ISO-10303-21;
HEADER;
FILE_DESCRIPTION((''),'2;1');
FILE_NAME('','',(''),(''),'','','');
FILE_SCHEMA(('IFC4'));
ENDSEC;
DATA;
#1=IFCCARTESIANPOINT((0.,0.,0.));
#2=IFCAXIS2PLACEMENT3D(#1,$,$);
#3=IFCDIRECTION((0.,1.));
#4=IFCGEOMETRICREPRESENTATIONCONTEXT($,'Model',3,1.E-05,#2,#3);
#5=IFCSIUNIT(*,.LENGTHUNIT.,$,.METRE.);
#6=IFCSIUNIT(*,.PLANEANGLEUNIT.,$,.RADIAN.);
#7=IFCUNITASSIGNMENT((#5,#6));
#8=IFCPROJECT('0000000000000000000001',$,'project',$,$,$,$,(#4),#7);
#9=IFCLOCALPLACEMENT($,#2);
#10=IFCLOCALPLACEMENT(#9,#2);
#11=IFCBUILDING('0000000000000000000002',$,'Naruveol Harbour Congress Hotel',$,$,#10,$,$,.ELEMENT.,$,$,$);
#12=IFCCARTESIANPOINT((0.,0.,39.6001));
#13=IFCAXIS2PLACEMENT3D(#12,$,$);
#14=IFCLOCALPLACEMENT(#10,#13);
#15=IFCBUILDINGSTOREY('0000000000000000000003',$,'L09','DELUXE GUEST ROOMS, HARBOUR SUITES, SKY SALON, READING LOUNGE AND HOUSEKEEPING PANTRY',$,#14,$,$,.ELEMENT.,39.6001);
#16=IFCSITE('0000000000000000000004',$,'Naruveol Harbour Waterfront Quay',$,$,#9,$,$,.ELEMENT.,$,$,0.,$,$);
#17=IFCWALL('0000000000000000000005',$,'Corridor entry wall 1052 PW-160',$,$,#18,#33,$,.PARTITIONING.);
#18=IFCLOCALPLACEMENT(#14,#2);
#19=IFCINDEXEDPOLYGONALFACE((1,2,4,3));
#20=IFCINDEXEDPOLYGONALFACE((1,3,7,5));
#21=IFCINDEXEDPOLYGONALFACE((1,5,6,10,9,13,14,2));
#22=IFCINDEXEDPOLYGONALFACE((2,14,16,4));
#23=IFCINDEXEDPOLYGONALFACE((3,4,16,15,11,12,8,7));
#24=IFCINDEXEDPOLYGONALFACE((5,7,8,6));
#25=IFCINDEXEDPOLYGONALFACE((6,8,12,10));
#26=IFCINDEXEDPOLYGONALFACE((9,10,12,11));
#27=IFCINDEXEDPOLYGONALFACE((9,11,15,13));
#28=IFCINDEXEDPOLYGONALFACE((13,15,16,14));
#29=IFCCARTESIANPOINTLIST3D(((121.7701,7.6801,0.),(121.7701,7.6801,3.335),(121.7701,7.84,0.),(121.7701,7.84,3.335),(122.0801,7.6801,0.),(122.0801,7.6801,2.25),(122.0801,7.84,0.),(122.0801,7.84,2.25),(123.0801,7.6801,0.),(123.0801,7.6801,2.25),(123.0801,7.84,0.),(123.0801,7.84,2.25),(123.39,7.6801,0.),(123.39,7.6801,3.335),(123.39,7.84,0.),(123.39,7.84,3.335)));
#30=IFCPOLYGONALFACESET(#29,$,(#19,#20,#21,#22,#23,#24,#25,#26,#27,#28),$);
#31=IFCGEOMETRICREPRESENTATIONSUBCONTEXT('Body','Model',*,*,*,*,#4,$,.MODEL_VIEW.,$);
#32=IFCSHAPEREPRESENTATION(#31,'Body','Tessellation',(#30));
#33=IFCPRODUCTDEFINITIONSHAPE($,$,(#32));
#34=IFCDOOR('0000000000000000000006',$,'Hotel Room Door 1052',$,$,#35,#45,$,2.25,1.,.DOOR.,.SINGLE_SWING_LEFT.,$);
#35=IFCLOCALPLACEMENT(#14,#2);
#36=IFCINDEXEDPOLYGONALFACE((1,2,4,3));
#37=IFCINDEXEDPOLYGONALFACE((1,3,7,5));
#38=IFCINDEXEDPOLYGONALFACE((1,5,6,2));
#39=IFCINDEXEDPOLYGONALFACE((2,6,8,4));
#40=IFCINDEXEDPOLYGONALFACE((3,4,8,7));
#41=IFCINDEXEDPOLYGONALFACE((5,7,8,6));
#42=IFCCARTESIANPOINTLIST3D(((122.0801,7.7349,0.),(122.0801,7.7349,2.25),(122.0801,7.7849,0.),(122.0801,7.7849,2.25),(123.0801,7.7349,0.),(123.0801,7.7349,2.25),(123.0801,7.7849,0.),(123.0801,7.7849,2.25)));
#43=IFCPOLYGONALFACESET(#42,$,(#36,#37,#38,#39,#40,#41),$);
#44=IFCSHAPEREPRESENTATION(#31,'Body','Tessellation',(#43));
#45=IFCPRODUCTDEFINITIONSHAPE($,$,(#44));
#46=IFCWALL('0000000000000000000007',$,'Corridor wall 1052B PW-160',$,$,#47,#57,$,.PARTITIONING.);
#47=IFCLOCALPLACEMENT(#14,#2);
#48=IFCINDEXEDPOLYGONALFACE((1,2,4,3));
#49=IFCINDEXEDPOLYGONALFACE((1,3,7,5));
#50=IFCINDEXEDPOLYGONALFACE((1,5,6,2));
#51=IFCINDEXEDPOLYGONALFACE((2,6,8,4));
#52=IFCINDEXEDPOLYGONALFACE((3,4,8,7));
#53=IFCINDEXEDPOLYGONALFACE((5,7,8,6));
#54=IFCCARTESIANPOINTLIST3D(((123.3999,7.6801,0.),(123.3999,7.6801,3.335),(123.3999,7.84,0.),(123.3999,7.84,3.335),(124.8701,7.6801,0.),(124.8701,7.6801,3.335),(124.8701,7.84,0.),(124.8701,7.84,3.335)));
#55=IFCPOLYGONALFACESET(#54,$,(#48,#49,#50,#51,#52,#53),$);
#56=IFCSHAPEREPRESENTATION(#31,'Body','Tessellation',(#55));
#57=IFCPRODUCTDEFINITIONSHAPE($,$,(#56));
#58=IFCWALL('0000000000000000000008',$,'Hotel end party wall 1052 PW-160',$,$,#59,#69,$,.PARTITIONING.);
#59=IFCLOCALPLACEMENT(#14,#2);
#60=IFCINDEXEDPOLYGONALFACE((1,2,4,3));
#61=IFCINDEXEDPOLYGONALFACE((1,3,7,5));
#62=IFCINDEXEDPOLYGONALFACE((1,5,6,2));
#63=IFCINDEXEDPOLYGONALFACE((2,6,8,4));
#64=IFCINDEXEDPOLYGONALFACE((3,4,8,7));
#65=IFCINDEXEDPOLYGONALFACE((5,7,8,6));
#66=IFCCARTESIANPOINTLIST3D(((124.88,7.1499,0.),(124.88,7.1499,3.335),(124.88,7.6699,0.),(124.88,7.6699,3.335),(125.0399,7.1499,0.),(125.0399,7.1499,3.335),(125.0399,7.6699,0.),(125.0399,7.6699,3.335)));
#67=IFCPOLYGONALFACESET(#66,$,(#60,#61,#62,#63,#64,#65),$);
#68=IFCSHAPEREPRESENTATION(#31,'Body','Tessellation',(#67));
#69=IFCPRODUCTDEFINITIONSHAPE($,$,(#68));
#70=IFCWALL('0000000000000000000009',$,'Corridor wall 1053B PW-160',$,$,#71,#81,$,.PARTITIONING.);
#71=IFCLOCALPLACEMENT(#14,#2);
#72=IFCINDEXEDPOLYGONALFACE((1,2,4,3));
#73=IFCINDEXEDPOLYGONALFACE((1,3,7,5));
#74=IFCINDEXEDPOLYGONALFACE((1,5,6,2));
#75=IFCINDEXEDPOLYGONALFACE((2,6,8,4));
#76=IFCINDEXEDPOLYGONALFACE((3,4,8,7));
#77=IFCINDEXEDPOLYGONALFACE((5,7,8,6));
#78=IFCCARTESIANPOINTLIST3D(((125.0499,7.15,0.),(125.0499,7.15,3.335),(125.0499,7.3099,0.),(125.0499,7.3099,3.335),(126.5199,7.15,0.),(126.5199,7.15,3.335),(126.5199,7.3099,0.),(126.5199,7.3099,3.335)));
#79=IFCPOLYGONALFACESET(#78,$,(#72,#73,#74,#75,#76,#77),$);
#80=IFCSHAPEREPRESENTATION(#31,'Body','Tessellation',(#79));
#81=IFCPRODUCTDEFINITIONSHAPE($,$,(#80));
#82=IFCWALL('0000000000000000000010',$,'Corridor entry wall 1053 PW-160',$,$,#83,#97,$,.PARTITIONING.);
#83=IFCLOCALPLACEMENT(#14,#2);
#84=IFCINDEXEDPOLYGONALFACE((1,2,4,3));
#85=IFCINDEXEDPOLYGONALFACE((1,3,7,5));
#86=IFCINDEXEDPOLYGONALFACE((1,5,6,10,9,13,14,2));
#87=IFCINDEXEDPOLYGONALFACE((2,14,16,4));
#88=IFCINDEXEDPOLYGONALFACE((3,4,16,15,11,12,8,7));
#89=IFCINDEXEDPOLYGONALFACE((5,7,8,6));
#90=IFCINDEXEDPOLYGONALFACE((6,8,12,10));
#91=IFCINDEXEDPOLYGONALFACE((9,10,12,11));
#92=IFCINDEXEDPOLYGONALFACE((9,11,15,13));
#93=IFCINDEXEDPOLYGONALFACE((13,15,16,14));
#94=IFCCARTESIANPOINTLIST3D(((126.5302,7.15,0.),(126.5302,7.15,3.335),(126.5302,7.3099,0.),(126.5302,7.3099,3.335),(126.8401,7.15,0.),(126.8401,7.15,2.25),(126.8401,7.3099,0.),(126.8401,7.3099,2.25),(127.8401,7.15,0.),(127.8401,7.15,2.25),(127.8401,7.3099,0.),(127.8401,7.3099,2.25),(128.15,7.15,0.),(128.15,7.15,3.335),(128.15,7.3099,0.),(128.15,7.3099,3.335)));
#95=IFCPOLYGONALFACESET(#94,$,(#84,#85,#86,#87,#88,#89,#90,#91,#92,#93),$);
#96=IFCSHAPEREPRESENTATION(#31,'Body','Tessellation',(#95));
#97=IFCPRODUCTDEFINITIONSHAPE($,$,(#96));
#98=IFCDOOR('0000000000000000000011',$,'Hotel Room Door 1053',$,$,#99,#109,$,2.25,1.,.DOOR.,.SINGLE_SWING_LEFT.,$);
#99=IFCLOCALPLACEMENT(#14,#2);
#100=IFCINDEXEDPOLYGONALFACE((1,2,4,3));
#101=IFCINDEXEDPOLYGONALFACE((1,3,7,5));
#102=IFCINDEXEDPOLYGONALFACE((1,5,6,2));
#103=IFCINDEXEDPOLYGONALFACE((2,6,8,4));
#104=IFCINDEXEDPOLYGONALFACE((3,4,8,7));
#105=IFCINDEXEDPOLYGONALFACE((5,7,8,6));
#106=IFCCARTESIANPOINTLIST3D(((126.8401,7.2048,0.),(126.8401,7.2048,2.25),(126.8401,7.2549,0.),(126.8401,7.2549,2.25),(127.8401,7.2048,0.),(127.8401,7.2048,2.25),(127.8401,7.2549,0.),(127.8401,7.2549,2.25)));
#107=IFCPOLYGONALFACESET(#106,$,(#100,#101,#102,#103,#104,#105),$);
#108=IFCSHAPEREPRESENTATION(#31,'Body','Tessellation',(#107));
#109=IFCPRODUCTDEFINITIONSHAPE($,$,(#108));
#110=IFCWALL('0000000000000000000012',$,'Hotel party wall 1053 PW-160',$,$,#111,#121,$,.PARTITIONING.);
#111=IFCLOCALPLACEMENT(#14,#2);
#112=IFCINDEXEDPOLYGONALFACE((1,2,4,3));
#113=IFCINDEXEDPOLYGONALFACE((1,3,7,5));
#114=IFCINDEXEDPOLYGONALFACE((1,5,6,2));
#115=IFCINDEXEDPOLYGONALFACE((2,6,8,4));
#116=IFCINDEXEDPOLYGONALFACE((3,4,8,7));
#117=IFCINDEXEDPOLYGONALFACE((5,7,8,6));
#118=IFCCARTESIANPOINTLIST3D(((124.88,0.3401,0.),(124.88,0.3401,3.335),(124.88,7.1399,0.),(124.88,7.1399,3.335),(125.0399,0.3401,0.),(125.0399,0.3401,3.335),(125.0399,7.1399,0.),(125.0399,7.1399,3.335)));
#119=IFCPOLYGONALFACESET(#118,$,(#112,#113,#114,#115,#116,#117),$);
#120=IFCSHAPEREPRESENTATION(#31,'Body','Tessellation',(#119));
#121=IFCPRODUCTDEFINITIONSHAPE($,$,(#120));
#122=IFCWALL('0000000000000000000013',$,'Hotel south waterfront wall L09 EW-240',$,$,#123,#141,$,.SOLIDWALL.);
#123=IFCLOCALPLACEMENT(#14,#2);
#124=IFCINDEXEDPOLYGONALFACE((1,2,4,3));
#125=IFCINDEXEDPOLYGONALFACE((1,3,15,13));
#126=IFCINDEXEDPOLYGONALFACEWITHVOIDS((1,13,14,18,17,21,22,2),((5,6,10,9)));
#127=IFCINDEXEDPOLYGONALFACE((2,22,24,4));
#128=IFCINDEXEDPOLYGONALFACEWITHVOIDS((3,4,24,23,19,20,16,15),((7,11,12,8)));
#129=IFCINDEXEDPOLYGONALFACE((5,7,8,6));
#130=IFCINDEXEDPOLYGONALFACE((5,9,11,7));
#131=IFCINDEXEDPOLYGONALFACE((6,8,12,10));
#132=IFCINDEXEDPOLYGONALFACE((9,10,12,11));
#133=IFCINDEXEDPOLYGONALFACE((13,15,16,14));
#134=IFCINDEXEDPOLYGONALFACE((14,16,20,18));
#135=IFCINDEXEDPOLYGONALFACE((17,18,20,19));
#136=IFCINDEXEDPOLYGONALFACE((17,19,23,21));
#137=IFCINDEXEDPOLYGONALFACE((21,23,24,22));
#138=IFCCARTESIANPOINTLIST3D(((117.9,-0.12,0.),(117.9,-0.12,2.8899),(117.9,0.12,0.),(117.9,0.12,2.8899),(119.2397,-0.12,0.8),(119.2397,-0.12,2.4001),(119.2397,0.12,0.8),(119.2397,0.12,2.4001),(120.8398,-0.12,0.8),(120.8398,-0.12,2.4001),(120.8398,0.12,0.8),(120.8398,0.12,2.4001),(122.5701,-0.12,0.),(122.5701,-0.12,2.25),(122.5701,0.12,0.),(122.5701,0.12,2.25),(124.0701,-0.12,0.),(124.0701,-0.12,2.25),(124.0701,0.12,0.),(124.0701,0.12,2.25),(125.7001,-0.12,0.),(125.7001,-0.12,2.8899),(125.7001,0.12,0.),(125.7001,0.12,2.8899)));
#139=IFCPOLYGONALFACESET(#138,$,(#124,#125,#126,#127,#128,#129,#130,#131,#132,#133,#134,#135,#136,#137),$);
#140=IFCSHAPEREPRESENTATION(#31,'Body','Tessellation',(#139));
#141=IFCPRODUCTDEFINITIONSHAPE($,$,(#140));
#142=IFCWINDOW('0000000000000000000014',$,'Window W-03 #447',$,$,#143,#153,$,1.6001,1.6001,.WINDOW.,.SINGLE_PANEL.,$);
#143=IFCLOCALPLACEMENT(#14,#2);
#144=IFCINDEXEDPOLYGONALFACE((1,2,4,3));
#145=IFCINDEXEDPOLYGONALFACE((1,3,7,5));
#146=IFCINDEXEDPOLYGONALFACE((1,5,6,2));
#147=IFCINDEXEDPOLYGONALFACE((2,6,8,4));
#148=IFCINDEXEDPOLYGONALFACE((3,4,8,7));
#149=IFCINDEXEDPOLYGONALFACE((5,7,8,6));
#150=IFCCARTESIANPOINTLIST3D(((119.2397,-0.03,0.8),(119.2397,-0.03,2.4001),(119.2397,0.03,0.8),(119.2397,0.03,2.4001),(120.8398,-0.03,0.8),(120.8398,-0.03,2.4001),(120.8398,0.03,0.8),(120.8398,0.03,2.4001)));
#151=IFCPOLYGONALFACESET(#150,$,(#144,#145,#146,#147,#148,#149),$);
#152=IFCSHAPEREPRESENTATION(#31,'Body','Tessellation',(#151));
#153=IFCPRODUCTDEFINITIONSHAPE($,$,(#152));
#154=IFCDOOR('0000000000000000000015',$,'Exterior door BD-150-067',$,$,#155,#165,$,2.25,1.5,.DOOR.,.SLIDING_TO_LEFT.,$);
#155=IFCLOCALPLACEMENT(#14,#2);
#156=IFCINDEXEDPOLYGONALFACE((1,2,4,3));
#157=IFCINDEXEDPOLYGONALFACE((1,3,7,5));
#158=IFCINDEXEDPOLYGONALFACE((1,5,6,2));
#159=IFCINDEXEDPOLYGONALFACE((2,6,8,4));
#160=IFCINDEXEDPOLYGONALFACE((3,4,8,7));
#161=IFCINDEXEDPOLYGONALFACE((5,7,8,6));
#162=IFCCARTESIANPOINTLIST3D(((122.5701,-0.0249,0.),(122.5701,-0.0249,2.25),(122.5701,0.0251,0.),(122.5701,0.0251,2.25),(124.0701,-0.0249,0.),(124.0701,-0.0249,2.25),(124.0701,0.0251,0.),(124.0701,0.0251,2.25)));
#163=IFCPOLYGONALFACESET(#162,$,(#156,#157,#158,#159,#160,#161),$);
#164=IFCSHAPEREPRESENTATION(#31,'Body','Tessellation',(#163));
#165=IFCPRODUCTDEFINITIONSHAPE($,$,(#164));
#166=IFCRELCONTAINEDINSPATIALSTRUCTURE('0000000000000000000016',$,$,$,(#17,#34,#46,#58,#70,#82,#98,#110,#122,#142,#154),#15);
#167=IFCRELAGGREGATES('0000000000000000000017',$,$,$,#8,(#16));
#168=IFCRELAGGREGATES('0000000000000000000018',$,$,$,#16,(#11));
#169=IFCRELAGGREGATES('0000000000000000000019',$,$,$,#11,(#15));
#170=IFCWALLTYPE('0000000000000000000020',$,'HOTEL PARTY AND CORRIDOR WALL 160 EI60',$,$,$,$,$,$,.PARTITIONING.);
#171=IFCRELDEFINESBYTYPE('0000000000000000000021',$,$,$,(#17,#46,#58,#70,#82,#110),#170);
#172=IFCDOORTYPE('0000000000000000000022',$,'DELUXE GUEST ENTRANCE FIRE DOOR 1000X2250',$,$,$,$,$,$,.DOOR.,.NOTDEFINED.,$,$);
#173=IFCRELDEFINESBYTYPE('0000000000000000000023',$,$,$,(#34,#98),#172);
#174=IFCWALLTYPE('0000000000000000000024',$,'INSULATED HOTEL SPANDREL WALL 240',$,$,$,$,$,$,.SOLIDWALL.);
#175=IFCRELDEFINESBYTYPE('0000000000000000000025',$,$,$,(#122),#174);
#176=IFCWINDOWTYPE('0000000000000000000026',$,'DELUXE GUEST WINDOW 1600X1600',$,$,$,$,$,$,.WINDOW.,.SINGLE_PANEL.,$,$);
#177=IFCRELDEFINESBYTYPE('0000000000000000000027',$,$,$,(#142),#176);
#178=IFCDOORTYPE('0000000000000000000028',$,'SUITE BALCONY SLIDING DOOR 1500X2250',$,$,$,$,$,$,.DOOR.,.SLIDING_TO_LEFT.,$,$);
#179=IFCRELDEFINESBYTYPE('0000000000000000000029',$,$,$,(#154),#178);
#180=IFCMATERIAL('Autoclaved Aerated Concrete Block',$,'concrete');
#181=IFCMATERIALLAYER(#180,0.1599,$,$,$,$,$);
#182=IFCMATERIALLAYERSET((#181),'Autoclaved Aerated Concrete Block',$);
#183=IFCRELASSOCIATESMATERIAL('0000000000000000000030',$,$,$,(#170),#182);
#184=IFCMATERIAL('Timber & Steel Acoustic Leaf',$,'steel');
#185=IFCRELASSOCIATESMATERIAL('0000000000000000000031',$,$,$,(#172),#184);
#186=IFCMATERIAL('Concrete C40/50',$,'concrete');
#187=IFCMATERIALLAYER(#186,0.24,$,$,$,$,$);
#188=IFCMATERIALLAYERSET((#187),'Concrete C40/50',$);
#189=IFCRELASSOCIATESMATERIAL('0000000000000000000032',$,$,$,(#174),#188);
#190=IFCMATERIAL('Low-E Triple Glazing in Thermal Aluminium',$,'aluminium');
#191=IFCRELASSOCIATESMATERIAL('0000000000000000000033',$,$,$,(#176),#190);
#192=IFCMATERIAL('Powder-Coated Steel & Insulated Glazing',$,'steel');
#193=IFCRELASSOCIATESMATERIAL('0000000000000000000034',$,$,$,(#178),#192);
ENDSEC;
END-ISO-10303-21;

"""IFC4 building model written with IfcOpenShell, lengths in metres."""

from ifc_helpers import new_model, si_unit, direction, frame, frame_2d, origin, place, context, subcontext, project, spatial, rectangle, extrude, material, layer, layer_set, type_object, element, fill, save


model = new_model("IFC4")

# Units and contexts
model_context = context("Model", 3, precision=1e-05, world=origin(), true_north=direction((0.0, 1.0)))
body_context = subcontext(model_context, "Body", "Model", "MODEL_VIEW")
ifc_project = project(units=[si_unit("LENGTHUNIT", "METRE"), si_unit("PLANEANGLEUNIT", "RADIAN")], contexts=[model_context])

# Site, building, storey
site_placement = place(None, origin())
site = spatial("IfcSite", under=ifc_project, at=site_placement, Name="Naruveol Harbour Waterfront Quay", CompositionType="ELEMENT", RefElevation=0.0)
building_placement = place(site_placement, origin())
building = spatial("IfcBuilding", under=site, at=building_placement, Name="Naruveol Harbour Congress Hotel", CompositionType="ELEMENT")
storey_placement = place(building_placement, frame((0.0, 0.0, 39.6001)))
storey = spatial("IfcBuildingStorey", under=building, at=storey_placement, Name="L09", Description="DELUXE GUEST ROOMS, HARBOUR SUITES, SKY SALON, READING LOUNGE AND HOUSEKEEPING PANTRY", CompositionType="ELEMENT", Elevation=39.6001)

# Wall, opening, door
ifc_material_1 = material(Name="Autoclaved Aerated Concrete Block", Category="concrete")
ifc_layer_1 = layer(ifc_material_1, 0.1599)
ifc_layer_set_1 = layer_set([ifc_layer_1], Name="Autoclaved Aerated Concrete Block")
wall_type_1 = type_object("IfcWallType", Name="HOTEL PARTY AND CORRIDOR WALL 160 EI60", PredefinedType="PARTITIONING", material=ifc_layer_set_1)
wall_1_placement = place(storey_placement, frame((121.77, 7.76, 0.0), z_axis=(0.0, 0.0, 1.0), x_axis=(1.0, 0.0, 0.0)))
wall_1 = element("IfcWall", 1, at=wall_1_placement, inside=storey, type_object=wall_type_1, Name="Corridor entry wall 1052 PW-160", PredefinedType="PARTITIONING", context=body_context, shape_type="SweptSolid", body=[
    extrude(rectangle(XDim=1.6199, YDim=0.1599, at=frame_2d((0.8101, 0.0))), origin(), (0.0, 0.0, 1.0), 3.335),
])
opening_1_placement = place(wall_1_placement, frame((0.3101, 0.0, 0.0)))
opening_1 = element("IfcOpeningElement", 2, at=opening_1_placement, cuts=wall_1, PredefinedType="OPENING", context=body_context, shape_type="SweptSolid", body=[
    extrude(rectangle(XDim=1.0, YDim=2.25, at=frame_2d((0.5, 1.125))), frame((0.0, 0.0898, 0.0), z_axis=(0.0, -1.0, 0.0), x_axis=(1.0, 0.0, 0.0)), (0.0, 0.0, 1.0), 0.1799),
])
ifc_material_2 = material(Name="Timber & Steel Acoustic Leaf", Category="steel")
door_type_1 = type_object("IfcDoorType", Name="DELUXE GUEST ENTRANCE FIRE DOOR 1000X2250", OperationType="NOTDEFINED", PredefinedType="DOOR", material=ifc_material_2)
door_1_placement = place(opening_1_placement, origin())
door_1 = element("IfcDoor", 3, at=door_1_placement, inside=storey, type_object=door_type_1, Name="Hotel Room Door 1052", OperationType="SINGLE_SWING_LEFT", OverallHeight=2.25, OverallWidth=1.0, PredefinedType="DOOR", context=body_context, shape_type="SweptSolid", body=[
    extrude(rectangle(XDim=1.0, YDim=2.25, at=frame_2d((0.5, 1.125))), frame((0.0, 0.0249, 0.0), z_axis=(0.0, -1.0, 0.0), x_axis=(1.0, 0.0, 0.0)), (0.0, 0.0, 1.0), 0.05),
])
fill(opening_1, door_1)

# Walls
wall_2_placement = place(storey_placement, frame((123.3999, 7.76, 0.0), z_axis=(0.0, 0.0, 1.0), x_axis=(1.0, 0.0, 0.0)))
element("IfcWall", 4, at=wall_2_placement, inside=storey, type_object=wall_type_1, Name="Corridor wall 1052B PW-160", PredefinedType="PARTITIONING", context=body_context, shape_type="SweptSolid", body=[
    extrude(rectangle(XDim=1.4702, YDim=0.1599, at=frame_2d((0.7351, 0.0))), origin(), (0.0, 0.0, 1.0), 3.335),
])
wall_3_placement = place(storey_placement, frame((124.96, 7.1499, 0.0), z_axis=(0.0, 0.0, 1.0), x_axis=(0.0, 1.0, 0.0)))
element("IfcWall", 5, at=wall_3_placement, inside=storey, type_object=wall_type_1, Name="Hotel end party wall 1052 PW-160", PredefinedType="PARTITIONING", context=body_context, shape_type="SweptSolid", body=[
    extrude(rectangle(XDim=0.52, YDim=0.1599, at=frame_2d((0.26, 0.0))), origin(), (0.0, 0.0, 1.0), 3.335),
])
wall_4_placement = place(storey_placement, frame((125.05, 7.23, 0.0), z_axis=(0.0, 0.0, 1.0), x_axis=(1.0, 0.0, 0.0)))
element("IfcWall", 6, at=wall_4_placement, inside=storey, type_object=wall_type_1, Name="Corridor wall 1053B PW-160", PredefinedType="PARTITIONING", context=body_context, shape_type="SweptSolid", body=[
    extrude(rectangle(XDim=1.47, YDim=0.1599, at=frame_2d((0.7349, 0.0))), origin(), (0.0, 0.0, 1.0), 3.335),
])

# Wall, opening, door
wall_5_placement = place(storey_placement, frame((126.53, 7.23, 0.0), z_axis=(0.0, 0.0, 1.0), x_axis=(1.0, 0.0, 0.0)))
wall_5 = element("IfcWall", 7, at=wall_5_placement, inside=storey, type_object=wall_type_1, Name="Corridor entry wall 1053 PW-160", PredefinedType="PARTITIONING", context=body_context, shape_type="SweptSolid", body=[
    extrude(rectangle(XDim=1.6199, YDim=0.1599, at=frame_2d((0.8101, 0.0))), origin(), (0.0, 0.0, 1.0), 3.335),
])
opening_2_placement = place(wall_5_placement, frame((0.3101, 0.0, 0.0)))
opening_2 = element("IfcOpeningElement", 8, at=opening_2_placement, cuts=wall_5, PredefinedType="OPENING", context=body_context, shape_type="SweptSolid", body=[
    extrude(rectangle(XDim=1.0, YDim=2.25, at=frame_2d((0.5, 1.125))), frame((0.0, 0.0898, 0.0), z_axis=(0.0, -1.0, 0.0), x_axis=(1.0, 0.0, 0.0)), (0.0, 0.0, 1.0), 0.1799),
])
door_2_placement = place(opening_2_placement, origin())
door_2 = element("IfcDoor", 9, at=door_2_placement, inside=storey, type_object=door_type_1, Name="Hotel Room Door 1053", OperationType="SINGLE_SWING_LEFT", OverallHeight=2.25, OverallWidth=1.0, PredefinedType="DOOR", context=body_context, shape_type="SweptSolid", body=[
    extrude(rectangle(XDim=1.0, YDim=2.25, at=frame_2d((0.5, 1.125))), frame((0.0, 0.0249, 0.0), z_axis=(0.0, -1.0, 0.0), x_axis=(1.0, 0.0, 0.0)), (0.0, 0.0, 1.0), 0.05),
])
fill(opening_2, door_2)

# Wall
wall_6_placement = place(storey_placement, frame((124.96, 0.3401, 0.0), z_axis=(0.0, 0.0, 1.0), x_axis=(0.0, 1.0, 0.0)))
element("IfcWall", 10, at=wall_6_placement, inside=storey, type_object=wall_type_1, Name="Hotel party wall 1053 PW-160", PredefinedType="PARTITIONING", context=body_context, shape_type="SweptSolid", body=[
    extrude(rectangle(XDim=6.7998, YDim=0.1599, at=frame_2d((3.3999, 0.0))), origin(), (0.0, 0.0, 1.0), 3.335),
])

# Wall, openings, window, door
ifc_material_3 = material(Name="Concrete C40/50", Category="concrete")
ifc_layer_2 = layer(ifc_material_3, 0.24)
ifc_layer_set_2 = layer_set([ifc_layer_2], Name="Concrete C40/50")
wall_type_2 = type_object("IfcWallType", Name="INSULATED HOTEL SPANDREL WALL 240", PredefinedType="SOLIDWALL", material=ifc_layer_set_2)
wall_7_placement = place(storey_placement, frame((125.7, 0.0, 0.0), z_axis=(0.0, 0.0, 1.0), x_axis=(-1.0, 0.0, 0.0)))
wall_7 = element("IfcWall", 11, at=wall_7_placement, inside=storey, type_object=wall_type_2, Name="Hotel south waterfront wall L09 EW-240", PredefinedType="SOLIDWALL", context=body_context, shape_type="SweptSolid", body=[
    extrude(rectangle(XDim=7.8, YDim=0.24, at=frame_2d((3.8999, 0.0))), origin(), (0.0, 0.0, 1.0), 2.8899),
])
opening_3_placement = place(wall_7_placement, frame((1.6299, 0.0, 0.0)))
opening_3 = element("IfcOpeningElement", 12, at=opening_3_placement, cuts=wall_7, PredefinedType="OPENING", context=body_context, shape_type="SweptSolid", body=[
    extrude(rectangle(XDim=1.5, YDim=2.25, at=frame_2d((0.75, 1.125))), frame((0.0, 0.1299, 0.0), z_axis=(0.0, -1.0, 0.0), x_axis=(1.0, 0.0, 0.0)), (0.0, 0.0, 1.0), 0.26),
])
opening_4_placement = place(wall_7_placement, frame((4.8601, 0.0, 0.8)))
opening_4 = element("IfcOpeningElement", 13, at=opening_4_placement, cuts=wall_7, PredefinedType="OPENING", context=body_context, shape_type="SweptSolid", body=[
    extrude(rectangle(XDim=1.6001, YDim=1.6001, at=frame_2d((0.8, 0.8))), frame((0.0, 0.1299, 0.0), z_axis=(0.0, -1.0, 0.0), x_axis=(1.0, 0.0, 0.0)), (0.0, 0.0, 1.0), 0.26),
])
ifc_material_4 = material(Name="Low-E Triple Glazing in Thermal Aluminium", Category="aluminium")
window_type = type_object("IfcWindowType", Name="DELUXE GUEST WINDOW 1600X1600", PartitioningType="SINGLE_PANEL", PredefinedType="WINDOW", material=ifc_material_4)
window_placement = place(opening_4_placement, origin())
window = element("IfcWindow", 14, at=window_placement, inside=storey, type_object=window_type, Name="Window W-03 #447", OverallHeight=1.6001, OverallWidth=1.6001, PartitioningType="SINGLE_PANEL", PredefinedType="WINDOW", context=body_context, shape_type="SweptSolid", body=[
    extrude(rectangle(XDim=1.6001, YDim=1.6001, at=frame_2d((0.8, 0.8))), frame((0.0, 0.03, 0.0), z_axis=(0.0, -1.0, 0.0), x_axis=(1.0, 0.0, 0.0)), (0.0, 0.0, 1.0), 0.0601),
])
fill(opening_4, window)
ifc_material_5 = material(Name="Powder-Coated Steel & Insulated Glazing", Category="steel")
door_type_2 = type_object("IfcDoorType", Name="SUITE BALCONY SLIDING DOOR 1500X2250", OperationType="SLIDING_TO_LEFT", PredefinedType="DOOR", material=ifc_material_5)
door_3_placement = place(opening_3_placement, origin())
door_3 = element("IfcDoor", 15, at=door_3_placement, inside=storey, type_object=door_type_2, Name="Exterior door BD-150-067", OperationType="SLIDING_TO_LEFT", OverallHeight=2.25, OverallWidth=1.5, PredefinedType="DOOR", context=body_context, shape_type="SweptSolid", body=[
    extrude(rectangle(XDim=1.5, YDim=2.25, at=frame_2d((0.75, 1.125))), frame((0.0, 0.0249, 0.0), z_axis=(0.0, -1.0, 0.0), x_axis=(1.0, 0.0, 0.0)), (0.0, 0.0, 1.0), 0.05),
])
fill(opening_3, door_3)

save(model, "model.ifc")
